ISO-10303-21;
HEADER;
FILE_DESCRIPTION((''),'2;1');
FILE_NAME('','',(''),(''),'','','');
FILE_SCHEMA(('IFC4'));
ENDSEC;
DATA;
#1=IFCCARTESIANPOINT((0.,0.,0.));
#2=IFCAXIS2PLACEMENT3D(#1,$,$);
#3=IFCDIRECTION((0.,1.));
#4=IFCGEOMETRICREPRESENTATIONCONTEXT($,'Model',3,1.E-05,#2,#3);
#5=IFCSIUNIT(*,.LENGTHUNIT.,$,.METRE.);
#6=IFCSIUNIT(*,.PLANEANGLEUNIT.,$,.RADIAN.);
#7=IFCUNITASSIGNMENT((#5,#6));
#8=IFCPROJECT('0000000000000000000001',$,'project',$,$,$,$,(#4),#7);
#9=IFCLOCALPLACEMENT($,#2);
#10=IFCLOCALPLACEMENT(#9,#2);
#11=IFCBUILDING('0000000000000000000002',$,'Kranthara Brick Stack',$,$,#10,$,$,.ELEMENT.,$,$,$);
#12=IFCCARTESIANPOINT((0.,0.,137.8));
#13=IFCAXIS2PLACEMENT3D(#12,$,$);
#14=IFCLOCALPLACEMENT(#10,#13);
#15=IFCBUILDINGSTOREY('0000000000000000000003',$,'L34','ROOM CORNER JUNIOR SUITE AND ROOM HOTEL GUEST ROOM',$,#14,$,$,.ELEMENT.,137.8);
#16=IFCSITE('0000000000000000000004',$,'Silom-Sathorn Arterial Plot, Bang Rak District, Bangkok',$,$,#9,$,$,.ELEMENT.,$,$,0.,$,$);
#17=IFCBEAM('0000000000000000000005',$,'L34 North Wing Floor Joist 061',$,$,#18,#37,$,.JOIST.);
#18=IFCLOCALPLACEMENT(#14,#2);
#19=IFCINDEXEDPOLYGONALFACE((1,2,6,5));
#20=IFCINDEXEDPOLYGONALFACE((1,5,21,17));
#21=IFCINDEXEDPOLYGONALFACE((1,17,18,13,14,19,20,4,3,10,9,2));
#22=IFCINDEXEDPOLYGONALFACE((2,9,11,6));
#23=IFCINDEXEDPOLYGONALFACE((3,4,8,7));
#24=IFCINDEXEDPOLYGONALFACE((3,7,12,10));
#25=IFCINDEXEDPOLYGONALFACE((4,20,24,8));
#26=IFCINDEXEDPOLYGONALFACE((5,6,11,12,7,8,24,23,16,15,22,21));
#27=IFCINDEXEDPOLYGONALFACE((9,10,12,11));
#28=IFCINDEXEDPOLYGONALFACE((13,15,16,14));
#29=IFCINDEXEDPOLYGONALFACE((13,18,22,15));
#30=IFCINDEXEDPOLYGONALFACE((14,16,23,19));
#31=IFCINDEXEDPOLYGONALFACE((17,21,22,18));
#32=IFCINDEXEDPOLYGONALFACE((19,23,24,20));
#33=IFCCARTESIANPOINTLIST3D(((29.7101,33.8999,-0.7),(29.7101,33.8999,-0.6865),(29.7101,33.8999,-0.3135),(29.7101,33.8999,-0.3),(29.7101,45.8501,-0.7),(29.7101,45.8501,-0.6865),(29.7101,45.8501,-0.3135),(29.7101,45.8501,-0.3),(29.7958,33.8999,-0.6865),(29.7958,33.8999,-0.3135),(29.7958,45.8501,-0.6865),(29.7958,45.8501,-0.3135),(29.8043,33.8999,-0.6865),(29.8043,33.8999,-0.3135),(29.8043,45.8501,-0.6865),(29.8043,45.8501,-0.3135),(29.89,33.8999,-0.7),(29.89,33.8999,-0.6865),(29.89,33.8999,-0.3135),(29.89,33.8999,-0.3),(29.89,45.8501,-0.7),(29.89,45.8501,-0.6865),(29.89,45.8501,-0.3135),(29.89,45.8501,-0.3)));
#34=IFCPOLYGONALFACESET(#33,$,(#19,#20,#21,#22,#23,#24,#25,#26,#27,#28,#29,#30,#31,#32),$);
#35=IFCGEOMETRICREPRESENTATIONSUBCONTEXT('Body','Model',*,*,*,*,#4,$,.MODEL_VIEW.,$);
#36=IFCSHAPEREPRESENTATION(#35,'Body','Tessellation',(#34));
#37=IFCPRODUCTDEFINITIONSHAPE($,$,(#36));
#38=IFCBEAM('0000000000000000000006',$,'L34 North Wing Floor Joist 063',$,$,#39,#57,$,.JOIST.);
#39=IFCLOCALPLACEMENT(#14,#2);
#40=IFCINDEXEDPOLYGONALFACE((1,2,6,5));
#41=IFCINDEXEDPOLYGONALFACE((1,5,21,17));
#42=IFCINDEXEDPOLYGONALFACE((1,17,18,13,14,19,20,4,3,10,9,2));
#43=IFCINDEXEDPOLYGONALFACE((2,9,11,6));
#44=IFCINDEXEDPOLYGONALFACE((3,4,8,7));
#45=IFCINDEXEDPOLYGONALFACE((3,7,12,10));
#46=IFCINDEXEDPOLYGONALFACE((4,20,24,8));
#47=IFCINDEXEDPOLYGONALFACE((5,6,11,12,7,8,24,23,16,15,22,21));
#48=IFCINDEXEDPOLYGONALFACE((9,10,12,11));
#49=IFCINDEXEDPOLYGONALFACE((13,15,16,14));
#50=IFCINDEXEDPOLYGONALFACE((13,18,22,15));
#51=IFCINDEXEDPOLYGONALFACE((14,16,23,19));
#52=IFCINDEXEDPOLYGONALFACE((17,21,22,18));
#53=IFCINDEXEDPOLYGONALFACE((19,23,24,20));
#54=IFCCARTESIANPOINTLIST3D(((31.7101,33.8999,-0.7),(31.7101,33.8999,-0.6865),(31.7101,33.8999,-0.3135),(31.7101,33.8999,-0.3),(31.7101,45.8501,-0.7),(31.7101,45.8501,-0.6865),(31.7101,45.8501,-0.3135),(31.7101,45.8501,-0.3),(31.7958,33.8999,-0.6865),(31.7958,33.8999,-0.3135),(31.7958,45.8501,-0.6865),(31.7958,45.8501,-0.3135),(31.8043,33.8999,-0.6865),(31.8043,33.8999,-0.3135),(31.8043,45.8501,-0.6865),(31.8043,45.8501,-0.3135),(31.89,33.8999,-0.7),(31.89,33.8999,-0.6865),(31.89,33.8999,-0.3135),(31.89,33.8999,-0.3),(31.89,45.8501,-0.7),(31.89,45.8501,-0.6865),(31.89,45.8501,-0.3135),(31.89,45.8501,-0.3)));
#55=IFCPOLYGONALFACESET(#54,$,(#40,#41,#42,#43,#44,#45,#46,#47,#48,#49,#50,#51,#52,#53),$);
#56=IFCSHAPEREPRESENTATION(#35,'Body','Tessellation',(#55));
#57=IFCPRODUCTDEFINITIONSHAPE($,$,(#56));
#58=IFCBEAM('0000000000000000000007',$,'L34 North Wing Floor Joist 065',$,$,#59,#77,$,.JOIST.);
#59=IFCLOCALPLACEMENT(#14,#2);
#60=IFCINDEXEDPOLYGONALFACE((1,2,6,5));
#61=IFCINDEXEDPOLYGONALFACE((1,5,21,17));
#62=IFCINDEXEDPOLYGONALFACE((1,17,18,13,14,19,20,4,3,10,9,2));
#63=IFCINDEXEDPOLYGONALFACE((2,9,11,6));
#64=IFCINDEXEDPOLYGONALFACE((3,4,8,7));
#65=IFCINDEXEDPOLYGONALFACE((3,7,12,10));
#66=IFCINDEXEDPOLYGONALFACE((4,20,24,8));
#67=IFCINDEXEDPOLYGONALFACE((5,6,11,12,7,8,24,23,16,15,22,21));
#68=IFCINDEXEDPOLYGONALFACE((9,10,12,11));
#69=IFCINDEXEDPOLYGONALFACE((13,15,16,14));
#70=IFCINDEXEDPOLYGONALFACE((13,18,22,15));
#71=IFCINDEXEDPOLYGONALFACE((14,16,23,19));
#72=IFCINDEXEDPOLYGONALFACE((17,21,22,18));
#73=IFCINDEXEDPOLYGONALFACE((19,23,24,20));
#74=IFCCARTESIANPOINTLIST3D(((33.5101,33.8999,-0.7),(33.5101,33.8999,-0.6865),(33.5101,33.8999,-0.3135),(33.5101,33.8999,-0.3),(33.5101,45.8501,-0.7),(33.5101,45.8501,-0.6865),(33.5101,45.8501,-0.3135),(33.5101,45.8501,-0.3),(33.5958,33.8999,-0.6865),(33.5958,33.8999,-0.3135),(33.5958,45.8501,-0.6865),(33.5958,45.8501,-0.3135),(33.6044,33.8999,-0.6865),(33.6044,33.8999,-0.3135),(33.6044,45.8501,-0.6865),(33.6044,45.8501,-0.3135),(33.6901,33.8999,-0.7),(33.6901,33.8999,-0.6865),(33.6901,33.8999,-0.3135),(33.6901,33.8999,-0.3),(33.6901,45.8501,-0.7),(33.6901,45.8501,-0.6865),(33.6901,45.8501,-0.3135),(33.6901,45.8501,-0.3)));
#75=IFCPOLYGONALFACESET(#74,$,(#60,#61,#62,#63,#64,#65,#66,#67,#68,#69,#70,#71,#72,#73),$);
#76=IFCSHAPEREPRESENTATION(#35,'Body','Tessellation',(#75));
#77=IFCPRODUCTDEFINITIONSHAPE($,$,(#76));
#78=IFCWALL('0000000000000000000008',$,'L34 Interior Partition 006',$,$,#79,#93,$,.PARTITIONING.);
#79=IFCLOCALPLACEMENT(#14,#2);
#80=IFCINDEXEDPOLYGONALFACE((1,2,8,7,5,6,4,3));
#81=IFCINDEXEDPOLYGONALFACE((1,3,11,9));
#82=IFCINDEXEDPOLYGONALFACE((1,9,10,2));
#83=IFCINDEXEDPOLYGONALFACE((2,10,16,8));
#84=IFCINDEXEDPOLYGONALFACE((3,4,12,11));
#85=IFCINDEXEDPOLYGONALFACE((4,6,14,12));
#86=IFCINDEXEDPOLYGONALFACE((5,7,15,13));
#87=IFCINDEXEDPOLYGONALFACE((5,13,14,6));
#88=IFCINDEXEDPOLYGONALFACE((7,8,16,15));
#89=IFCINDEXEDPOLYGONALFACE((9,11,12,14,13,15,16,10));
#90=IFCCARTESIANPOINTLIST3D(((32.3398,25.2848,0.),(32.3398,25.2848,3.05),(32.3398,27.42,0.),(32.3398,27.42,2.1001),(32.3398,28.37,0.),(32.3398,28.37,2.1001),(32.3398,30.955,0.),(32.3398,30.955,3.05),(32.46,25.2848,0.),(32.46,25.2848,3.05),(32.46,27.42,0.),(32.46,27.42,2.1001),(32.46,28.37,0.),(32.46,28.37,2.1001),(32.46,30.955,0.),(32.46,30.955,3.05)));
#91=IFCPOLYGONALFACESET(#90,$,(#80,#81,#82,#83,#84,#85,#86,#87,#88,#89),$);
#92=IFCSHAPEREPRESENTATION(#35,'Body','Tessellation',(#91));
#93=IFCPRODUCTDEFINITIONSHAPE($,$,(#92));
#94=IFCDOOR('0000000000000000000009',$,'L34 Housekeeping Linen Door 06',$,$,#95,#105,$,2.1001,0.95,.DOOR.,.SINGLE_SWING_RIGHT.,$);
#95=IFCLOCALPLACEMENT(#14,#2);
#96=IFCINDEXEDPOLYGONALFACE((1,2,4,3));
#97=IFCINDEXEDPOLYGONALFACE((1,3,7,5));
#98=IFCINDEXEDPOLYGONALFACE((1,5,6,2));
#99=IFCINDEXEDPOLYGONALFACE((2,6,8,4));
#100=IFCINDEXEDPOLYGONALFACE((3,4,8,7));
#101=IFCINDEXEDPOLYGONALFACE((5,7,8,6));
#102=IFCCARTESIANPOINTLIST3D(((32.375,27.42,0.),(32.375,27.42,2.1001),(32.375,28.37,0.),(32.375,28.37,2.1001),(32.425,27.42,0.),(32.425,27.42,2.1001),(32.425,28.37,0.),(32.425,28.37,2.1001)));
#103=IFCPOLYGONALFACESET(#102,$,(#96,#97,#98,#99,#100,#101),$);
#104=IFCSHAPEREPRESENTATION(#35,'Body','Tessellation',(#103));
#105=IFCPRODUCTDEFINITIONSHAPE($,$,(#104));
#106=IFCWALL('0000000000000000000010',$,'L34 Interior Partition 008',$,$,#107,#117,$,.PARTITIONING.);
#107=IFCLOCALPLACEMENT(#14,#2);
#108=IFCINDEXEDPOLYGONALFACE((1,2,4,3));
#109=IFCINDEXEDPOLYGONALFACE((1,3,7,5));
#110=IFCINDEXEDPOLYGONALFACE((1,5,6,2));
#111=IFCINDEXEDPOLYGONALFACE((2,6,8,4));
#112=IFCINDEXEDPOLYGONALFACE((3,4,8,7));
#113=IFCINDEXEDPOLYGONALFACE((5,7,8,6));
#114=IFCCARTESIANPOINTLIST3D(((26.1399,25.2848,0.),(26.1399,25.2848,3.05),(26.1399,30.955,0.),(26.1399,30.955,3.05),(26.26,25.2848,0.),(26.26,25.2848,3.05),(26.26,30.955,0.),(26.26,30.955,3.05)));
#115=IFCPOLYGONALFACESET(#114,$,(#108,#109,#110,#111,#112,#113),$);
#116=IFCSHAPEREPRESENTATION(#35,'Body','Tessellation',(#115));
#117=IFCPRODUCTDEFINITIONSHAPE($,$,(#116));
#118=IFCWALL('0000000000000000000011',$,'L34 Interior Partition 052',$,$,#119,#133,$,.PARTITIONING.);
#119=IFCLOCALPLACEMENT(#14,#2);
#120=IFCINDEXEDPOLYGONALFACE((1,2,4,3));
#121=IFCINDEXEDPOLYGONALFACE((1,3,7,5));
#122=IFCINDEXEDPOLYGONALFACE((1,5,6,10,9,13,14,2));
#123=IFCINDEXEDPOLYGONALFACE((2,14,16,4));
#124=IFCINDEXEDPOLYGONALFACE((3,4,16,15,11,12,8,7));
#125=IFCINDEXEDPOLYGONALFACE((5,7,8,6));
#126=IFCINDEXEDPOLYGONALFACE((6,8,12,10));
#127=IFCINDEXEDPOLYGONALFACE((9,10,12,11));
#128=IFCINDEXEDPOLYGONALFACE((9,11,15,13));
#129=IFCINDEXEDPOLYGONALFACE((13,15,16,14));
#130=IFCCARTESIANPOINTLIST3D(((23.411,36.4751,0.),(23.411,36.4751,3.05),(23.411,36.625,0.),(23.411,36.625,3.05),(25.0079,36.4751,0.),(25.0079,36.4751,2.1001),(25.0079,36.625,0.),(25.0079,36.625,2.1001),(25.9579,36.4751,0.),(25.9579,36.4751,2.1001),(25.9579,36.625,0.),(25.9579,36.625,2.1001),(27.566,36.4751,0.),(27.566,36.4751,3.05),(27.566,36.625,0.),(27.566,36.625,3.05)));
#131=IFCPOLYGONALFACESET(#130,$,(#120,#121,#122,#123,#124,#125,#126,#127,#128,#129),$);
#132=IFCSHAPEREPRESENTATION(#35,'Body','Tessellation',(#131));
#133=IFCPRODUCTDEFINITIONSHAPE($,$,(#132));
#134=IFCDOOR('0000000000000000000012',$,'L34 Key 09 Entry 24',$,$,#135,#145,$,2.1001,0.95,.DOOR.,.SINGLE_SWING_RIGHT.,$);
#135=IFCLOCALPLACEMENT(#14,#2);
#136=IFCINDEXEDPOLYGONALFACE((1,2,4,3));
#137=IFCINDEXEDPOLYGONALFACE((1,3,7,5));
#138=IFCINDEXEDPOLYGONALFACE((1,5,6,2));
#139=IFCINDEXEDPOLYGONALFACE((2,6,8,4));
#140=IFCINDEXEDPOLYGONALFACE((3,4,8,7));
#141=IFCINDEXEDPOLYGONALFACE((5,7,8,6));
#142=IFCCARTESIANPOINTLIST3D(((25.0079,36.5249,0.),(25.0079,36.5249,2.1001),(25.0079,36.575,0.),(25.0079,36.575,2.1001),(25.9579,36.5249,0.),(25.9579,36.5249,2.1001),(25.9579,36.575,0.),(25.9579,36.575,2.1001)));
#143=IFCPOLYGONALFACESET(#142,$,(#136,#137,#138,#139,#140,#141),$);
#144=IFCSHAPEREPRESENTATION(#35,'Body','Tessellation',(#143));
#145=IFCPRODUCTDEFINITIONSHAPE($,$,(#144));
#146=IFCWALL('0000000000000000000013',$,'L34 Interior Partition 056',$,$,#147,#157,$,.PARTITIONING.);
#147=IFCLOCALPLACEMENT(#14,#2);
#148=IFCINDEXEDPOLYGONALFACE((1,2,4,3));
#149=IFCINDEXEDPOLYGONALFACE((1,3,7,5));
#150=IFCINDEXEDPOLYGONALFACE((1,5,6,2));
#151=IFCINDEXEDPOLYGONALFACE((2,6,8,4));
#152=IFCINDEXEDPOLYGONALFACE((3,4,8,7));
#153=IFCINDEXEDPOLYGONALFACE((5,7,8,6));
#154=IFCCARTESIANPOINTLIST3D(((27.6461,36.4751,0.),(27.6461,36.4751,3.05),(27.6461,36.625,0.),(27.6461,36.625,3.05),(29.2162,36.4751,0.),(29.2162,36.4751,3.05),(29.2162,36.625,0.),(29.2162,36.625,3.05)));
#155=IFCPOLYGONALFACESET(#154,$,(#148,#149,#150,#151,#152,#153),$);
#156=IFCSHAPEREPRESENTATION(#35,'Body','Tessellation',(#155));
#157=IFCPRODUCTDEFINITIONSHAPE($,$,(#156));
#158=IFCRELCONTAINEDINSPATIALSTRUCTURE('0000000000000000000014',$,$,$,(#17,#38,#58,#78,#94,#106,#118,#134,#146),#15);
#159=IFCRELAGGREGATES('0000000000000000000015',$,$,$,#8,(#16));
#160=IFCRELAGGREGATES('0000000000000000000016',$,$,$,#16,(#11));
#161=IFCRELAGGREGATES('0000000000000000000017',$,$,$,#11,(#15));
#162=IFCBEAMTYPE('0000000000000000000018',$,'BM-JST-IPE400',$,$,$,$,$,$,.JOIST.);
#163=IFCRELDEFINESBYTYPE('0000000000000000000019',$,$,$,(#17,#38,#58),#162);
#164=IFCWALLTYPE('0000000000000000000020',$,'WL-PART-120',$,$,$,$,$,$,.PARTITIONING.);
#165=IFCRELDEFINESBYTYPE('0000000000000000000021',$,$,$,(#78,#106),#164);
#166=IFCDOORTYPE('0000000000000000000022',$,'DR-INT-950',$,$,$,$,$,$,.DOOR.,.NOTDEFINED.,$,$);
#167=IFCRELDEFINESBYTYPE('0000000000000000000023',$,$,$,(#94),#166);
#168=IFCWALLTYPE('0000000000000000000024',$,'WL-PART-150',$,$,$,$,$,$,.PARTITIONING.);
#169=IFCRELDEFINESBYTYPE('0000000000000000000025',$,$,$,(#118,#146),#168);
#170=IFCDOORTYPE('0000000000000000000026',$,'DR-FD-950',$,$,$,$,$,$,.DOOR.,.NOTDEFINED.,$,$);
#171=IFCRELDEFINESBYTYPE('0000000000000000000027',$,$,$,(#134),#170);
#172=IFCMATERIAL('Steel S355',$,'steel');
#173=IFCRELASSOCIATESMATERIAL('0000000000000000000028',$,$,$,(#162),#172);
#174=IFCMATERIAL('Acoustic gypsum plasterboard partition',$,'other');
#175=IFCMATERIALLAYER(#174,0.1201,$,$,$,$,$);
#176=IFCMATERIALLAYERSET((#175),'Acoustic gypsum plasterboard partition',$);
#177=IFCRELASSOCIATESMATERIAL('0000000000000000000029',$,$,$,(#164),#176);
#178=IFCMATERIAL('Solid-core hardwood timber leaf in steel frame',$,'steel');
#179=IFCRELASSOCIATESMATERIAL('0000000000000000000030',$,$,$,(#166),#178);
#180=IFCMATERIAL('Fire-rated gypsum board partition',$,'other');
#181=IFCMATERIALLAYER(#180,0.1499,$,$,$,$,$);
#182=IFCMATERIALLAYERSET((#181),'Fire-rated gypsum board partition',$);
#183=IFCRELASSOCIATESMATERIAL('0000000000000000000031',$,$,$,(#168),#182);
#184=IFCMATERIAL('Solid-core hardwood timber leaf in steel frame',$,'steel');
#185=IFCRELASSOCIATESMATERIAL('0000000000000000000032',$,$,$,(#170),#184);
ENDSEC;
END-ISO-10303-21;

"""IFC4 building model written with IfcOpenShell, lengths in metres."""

from ifc_helpers import new_model, si_unit, direction, frame, frame_2d, origin, origin_2d, place, context, subcontext, project, spatial, rectangle, i_section, extrude, material, layer, layer_set, material_profile, profile_set, type_object, element, fill, save


model = new_model("IFC4")

# Units and contexts
model_context = context("Model", 3, precision=1e-05, world=origin(), true_north=direction((0.0, 1.0)))
body_context = subcontext(model_context, "Body", "Model", "MODEL_VIEW")
ifc_project = project(units=[si_unit("LENGTHUNIT", "METRE"), si_unit("PLANEANGLEUNIT", "RADIAN")], contexts=[model_context])

# Site, building, storey
site_placement = place(None, origin())
site = spatial("IfcSite", under=ifc_project, at=site_placement, Name="Silom-Sathorn Arterial Plot, Bang Rak District, Bangkok", CompositionType="ELEMENT", RefElevation=0.0)
building_placement = place(site_placement, origin())
building = spatial("IfcBuilding", under=site, at=building_placement, Name="Kranthara Brick Stack", CompositionType="ELEMENT")
storey_placement = place(building_placement, frame((0.0, 0.0, 137.8)))
storey = spatial("IfcBuildingStorey", under=building, at=storey_placement, Name="L34", Description="ROOM CORNER JUNIOR SUITE AND ROOM HOTEL GUEST ROOM", CompositionType="ELEMENT", Elevation=137.8)

# Beams
ifc_material_1 = material(Name="Steel S355", Category="steel")
ifc_material_profile_1 = material_profile(ifc_material_1, i_section(OverallWidth=0.1799, OverallDepth=0.3999, WebThickness=0.0085, FlangeThickness=0.0134, at=origin_2d()), Name="IPE 400")
ifc_profile_set_1 = profile_set([ifc_material_profile_1], Name="Steel S355")
beam_type_1 = type_object("IfcBeamType", Name="BM-JST-IPE400", PredefinedType="JOIST", material=ifc_profile_set_1)
for number, where, z_axis, x_axis, name in (
    (1, (29.8, 33.8999, -0.5), (0.0, 1.0, 0.0), (-1.0, 0.0, 0.0), "L34 North Wing Floor Joist 061"),
    (2, (31.8, 33.8999, -0.5), (0.0, 1.0, 0.0), (-1.0, 0.0, 0.0), "L34 North Wing Floor Joist 063"),
    (3, (33.6001, 33.8999, -0.5), (0.0, 1.0, 0.0), (-1.0, 0.0, 0.0), "L34 North Wing Floor Joist 065"),
):
    element("IfcBeam", number, at=place(storey_placement, frame(where, z_axis=z_axis, x_axis=x_axis)), inside=storey, type_object=beam_type_1, Name=name, PredefinedType="JOIST", context=body_context, shape_type="SweptSolid", body=[
        extrude(i_section(OverallWidth=0.1799, OverallDepth=0.3999, WebThickness=0.0085, FlangeThickness=0.0134, at=origin_2d()), origin(), (0.0, 0.0, 1.0), 11.9502),
    ])

# Wall, opening, door
ifc_material_2 = material(Name="Acoustic gypsum plasterboard partition", Category="other")
ifc_layer_1 = layer(ifc_material_2, 0.1201)
ifc_layer_set_1 = layer_set([ifc_layer_1], Name="Acoustic gypsum plasterboard partition")
wall_type_1 = type_object("IfcWallType", Name="WL-PART-120", PredefinedType="PARTITIONING", material=ifc_layer_set_1)
wall_1_placement = place(storey_placement, frame((32.3999, 25.2849, 0.0), z_axis=(0.0, 0.0, 1.0), x_axis=(0.0, 1.0, 0.0)))
wall_1 = element("IfcWall", 4, at=wall_1_placement, inside=storey, type_object=wall_type_1, Name="L34 Interior Partition 006", PredefinedType="PARTITIONING", context=body_context, shape_type="SweptSolid", body=[
    extrude(rectangle(XDim=5.6702, YDim=0.1201, at=frame_2d((2.835, 0.0))), origin(), (0.0, 0.0, 1.0), 3.05),
])
opening_1_placement = place(wall_1_placement, frame((2.135, 0.0, 0.0)))
opening_1 = element("IfcOpeningElement", 5, at=opening_1_placement, cuts=wall_1, PredefinedType="OPENING", context=body_context, shape_type="SweptSolid", body=[
    extrude(rectangle(XDim=0.95, YDim=2.1001, at=frame_2d((0.4751, 1.05))), frame((0.0, 0.0701, 0.0), z_axis=(0.0, -1.0, 0.0), x_axis=(1.0, 0.0, 0.0)), (0.0, 0.0, 1.0), 0.1401),
])
ifc_material_3 = material(Name="Solid-core hardwood timber leaf in steel frame", Category="steel")
door_type_1 = type_object("IfcDoorType", Name="DR-INT-950", OperationType="NOTDEFINED", PredefinedType="DOOR", material=ifc_material_3)
door_1_placement = place(opening_1_placement, origin())
door_1 = element("IfcDoor", 6, at=door_1_placement, inside=storey, type_object=door_type_1, Name="L34 Housekeeping Linen Door 06", OperationType="SINGLE_SWING_RIGHT", OverallHeight=2.1001, OverallWidth=0.95, PredefinedType="DOOR", context=body_context, shape_type="SweptSolid", body=[
    extrude(rectangle(XDim=0.95, YDim=2.1001, at=frame_2d((0.4751, 1.05))), frame((0.0, 0.0249, 0.0), z_axis=(0.0, -1.0, 0.0), x_axis=(1.0, 0.0, 0.0)), (0.0, 0.0, 1.0), 0.05),
])
fill(opening_1, door_1)

# Wall
wall_2_placement = place(storey_placement, frame((26.2, 25.2849, 0.0), z_axis=(0.0, 0.0, 1.0), x_axis=(0.0, 1.0, 0.0)))
element("IfcWall", 7, at=wall_2_placement, inside=storey, type_object=wall_type_1, Name="L34 Interior Partition 008", PredefinedType="PARTITIONING", context=body_context, shape_type="SweptSolid", body=[
    extrude(rectangle(XDim=5.6702, YDim=0.1201, at=frame_2d((2.835, 0.0))), origin(), (0.0, 0.0, 1.0), 3.05),
])

# Wall, opening, door
ifc_material_4 = material(Name="Fire-rated gypsum board partition", Category="other")
ifc_layer_2 = layer(ifc_material_4, 0.1499)
ifc_layer_set_2 = layer_set([ifc_layer_2], Name="Fire-rated gypsum board partition")
wall_type_2 = type_object("IfcWallType", Name="WL-PART-150", PredefinedType="PARTITIONING", material=ifc_layer_set_2)
wall_3_placement = place(storey_placement, frame((23.4109, 36.55, 0.0), z_axis=(0.0, 0.0, 1.0), x_axis=(1.0, 0.0, 0.0)))
wall_3 = element("IfcWall", 8, at=wall_3_placement, inside=storey, type_object=wall_type_2, Name="L34 Interior Partition 052", PredefinedType="PARTITIONING", context=body_context, shape_type="SweptSolid", body=[
    extrude(rectangle(XDim=4.155, YDim=0.1499, at=frame_2d((2.0776, 0.0))), origin(), (0.0, 0.0, 1.0), 3.05),
])
opening_2_placement = place(wall_3_placement, frame((1.5969, 0.0, 0.0)))
opening_2 = element("IfcOpeningElement", 9, at=opening_2_placement, cuts=wall_3, PredefinedType="OPENING", context=body_context, shape_type="SweptSolid", body=[
    extrude(rectangle(XDim=0.95, YDim=2.1001, at=frame_2d((0.4751, 1.05))), frame((0.0, 0.085, 0.0), z_axis=(0.0, -1.0, 0.0), x_axis=(1.0, 0.0, 0.0)), (0.0, 0.0, 1.0), 0.1699),
])
ifc_material_5 = material(Name="Solid-core hardwood timber leaf in steel frame", Category="steel")
door_type_2 = type_object("IfcDoorType", Name="DR-FD-950", OperationType="NOTDEFINED", PredefinedType="DOOR", material=ifc_material_5)
door_2_placement = place(opening_2_placement, origin())
door_2 = element("IfcDoor", 10, at=door_2_placement, inside=storey, type_object=door_type_2, Name="L34 Key 09 Entry 24", OperationType="SINGLE_SWING_RIGHT", OverallHeight=2.1001, OverallWidth=0.95, PredefinedType="DOOR", context=body_context, shape_type="SweptSolid", body=[
    extrude(rectangle(XDim=0.95, YDim=2.1001, at=frame_2d((0.4751, 1.05))), frame((0.0, 0.0249, 0.0), z_axis=(0.0, -1.0, 0.0), x_axis=(1.0, 0.0, 0.0)), (0.0, 0.0, 1.0), 0.05),
])
fill(opening_2, door_2)

# Wall
wall_4_placement = place(storey_placement, frame((27.646, 36.55, 0.0), z_axis=(0.0, 0.0, 1.0), x_axis=(1.0, 0.0, 0.0)))
element("IfcWall", 11, at=wall_4_placement, inside=storey, type_object=wall_type_2, Name="L34 Interior Partition 056", PredefinedType="PARTITIONING", context=body_context, shape_type="SweptSolid", body=[
    extrude(rectangle(XDim=1.5701, YDim=0.1499, at=frame_2d((0.7852, 0.0))), origin(), (0.0, 0.0, 1.0), 3.05),
])

save(model, "model.ifc")
